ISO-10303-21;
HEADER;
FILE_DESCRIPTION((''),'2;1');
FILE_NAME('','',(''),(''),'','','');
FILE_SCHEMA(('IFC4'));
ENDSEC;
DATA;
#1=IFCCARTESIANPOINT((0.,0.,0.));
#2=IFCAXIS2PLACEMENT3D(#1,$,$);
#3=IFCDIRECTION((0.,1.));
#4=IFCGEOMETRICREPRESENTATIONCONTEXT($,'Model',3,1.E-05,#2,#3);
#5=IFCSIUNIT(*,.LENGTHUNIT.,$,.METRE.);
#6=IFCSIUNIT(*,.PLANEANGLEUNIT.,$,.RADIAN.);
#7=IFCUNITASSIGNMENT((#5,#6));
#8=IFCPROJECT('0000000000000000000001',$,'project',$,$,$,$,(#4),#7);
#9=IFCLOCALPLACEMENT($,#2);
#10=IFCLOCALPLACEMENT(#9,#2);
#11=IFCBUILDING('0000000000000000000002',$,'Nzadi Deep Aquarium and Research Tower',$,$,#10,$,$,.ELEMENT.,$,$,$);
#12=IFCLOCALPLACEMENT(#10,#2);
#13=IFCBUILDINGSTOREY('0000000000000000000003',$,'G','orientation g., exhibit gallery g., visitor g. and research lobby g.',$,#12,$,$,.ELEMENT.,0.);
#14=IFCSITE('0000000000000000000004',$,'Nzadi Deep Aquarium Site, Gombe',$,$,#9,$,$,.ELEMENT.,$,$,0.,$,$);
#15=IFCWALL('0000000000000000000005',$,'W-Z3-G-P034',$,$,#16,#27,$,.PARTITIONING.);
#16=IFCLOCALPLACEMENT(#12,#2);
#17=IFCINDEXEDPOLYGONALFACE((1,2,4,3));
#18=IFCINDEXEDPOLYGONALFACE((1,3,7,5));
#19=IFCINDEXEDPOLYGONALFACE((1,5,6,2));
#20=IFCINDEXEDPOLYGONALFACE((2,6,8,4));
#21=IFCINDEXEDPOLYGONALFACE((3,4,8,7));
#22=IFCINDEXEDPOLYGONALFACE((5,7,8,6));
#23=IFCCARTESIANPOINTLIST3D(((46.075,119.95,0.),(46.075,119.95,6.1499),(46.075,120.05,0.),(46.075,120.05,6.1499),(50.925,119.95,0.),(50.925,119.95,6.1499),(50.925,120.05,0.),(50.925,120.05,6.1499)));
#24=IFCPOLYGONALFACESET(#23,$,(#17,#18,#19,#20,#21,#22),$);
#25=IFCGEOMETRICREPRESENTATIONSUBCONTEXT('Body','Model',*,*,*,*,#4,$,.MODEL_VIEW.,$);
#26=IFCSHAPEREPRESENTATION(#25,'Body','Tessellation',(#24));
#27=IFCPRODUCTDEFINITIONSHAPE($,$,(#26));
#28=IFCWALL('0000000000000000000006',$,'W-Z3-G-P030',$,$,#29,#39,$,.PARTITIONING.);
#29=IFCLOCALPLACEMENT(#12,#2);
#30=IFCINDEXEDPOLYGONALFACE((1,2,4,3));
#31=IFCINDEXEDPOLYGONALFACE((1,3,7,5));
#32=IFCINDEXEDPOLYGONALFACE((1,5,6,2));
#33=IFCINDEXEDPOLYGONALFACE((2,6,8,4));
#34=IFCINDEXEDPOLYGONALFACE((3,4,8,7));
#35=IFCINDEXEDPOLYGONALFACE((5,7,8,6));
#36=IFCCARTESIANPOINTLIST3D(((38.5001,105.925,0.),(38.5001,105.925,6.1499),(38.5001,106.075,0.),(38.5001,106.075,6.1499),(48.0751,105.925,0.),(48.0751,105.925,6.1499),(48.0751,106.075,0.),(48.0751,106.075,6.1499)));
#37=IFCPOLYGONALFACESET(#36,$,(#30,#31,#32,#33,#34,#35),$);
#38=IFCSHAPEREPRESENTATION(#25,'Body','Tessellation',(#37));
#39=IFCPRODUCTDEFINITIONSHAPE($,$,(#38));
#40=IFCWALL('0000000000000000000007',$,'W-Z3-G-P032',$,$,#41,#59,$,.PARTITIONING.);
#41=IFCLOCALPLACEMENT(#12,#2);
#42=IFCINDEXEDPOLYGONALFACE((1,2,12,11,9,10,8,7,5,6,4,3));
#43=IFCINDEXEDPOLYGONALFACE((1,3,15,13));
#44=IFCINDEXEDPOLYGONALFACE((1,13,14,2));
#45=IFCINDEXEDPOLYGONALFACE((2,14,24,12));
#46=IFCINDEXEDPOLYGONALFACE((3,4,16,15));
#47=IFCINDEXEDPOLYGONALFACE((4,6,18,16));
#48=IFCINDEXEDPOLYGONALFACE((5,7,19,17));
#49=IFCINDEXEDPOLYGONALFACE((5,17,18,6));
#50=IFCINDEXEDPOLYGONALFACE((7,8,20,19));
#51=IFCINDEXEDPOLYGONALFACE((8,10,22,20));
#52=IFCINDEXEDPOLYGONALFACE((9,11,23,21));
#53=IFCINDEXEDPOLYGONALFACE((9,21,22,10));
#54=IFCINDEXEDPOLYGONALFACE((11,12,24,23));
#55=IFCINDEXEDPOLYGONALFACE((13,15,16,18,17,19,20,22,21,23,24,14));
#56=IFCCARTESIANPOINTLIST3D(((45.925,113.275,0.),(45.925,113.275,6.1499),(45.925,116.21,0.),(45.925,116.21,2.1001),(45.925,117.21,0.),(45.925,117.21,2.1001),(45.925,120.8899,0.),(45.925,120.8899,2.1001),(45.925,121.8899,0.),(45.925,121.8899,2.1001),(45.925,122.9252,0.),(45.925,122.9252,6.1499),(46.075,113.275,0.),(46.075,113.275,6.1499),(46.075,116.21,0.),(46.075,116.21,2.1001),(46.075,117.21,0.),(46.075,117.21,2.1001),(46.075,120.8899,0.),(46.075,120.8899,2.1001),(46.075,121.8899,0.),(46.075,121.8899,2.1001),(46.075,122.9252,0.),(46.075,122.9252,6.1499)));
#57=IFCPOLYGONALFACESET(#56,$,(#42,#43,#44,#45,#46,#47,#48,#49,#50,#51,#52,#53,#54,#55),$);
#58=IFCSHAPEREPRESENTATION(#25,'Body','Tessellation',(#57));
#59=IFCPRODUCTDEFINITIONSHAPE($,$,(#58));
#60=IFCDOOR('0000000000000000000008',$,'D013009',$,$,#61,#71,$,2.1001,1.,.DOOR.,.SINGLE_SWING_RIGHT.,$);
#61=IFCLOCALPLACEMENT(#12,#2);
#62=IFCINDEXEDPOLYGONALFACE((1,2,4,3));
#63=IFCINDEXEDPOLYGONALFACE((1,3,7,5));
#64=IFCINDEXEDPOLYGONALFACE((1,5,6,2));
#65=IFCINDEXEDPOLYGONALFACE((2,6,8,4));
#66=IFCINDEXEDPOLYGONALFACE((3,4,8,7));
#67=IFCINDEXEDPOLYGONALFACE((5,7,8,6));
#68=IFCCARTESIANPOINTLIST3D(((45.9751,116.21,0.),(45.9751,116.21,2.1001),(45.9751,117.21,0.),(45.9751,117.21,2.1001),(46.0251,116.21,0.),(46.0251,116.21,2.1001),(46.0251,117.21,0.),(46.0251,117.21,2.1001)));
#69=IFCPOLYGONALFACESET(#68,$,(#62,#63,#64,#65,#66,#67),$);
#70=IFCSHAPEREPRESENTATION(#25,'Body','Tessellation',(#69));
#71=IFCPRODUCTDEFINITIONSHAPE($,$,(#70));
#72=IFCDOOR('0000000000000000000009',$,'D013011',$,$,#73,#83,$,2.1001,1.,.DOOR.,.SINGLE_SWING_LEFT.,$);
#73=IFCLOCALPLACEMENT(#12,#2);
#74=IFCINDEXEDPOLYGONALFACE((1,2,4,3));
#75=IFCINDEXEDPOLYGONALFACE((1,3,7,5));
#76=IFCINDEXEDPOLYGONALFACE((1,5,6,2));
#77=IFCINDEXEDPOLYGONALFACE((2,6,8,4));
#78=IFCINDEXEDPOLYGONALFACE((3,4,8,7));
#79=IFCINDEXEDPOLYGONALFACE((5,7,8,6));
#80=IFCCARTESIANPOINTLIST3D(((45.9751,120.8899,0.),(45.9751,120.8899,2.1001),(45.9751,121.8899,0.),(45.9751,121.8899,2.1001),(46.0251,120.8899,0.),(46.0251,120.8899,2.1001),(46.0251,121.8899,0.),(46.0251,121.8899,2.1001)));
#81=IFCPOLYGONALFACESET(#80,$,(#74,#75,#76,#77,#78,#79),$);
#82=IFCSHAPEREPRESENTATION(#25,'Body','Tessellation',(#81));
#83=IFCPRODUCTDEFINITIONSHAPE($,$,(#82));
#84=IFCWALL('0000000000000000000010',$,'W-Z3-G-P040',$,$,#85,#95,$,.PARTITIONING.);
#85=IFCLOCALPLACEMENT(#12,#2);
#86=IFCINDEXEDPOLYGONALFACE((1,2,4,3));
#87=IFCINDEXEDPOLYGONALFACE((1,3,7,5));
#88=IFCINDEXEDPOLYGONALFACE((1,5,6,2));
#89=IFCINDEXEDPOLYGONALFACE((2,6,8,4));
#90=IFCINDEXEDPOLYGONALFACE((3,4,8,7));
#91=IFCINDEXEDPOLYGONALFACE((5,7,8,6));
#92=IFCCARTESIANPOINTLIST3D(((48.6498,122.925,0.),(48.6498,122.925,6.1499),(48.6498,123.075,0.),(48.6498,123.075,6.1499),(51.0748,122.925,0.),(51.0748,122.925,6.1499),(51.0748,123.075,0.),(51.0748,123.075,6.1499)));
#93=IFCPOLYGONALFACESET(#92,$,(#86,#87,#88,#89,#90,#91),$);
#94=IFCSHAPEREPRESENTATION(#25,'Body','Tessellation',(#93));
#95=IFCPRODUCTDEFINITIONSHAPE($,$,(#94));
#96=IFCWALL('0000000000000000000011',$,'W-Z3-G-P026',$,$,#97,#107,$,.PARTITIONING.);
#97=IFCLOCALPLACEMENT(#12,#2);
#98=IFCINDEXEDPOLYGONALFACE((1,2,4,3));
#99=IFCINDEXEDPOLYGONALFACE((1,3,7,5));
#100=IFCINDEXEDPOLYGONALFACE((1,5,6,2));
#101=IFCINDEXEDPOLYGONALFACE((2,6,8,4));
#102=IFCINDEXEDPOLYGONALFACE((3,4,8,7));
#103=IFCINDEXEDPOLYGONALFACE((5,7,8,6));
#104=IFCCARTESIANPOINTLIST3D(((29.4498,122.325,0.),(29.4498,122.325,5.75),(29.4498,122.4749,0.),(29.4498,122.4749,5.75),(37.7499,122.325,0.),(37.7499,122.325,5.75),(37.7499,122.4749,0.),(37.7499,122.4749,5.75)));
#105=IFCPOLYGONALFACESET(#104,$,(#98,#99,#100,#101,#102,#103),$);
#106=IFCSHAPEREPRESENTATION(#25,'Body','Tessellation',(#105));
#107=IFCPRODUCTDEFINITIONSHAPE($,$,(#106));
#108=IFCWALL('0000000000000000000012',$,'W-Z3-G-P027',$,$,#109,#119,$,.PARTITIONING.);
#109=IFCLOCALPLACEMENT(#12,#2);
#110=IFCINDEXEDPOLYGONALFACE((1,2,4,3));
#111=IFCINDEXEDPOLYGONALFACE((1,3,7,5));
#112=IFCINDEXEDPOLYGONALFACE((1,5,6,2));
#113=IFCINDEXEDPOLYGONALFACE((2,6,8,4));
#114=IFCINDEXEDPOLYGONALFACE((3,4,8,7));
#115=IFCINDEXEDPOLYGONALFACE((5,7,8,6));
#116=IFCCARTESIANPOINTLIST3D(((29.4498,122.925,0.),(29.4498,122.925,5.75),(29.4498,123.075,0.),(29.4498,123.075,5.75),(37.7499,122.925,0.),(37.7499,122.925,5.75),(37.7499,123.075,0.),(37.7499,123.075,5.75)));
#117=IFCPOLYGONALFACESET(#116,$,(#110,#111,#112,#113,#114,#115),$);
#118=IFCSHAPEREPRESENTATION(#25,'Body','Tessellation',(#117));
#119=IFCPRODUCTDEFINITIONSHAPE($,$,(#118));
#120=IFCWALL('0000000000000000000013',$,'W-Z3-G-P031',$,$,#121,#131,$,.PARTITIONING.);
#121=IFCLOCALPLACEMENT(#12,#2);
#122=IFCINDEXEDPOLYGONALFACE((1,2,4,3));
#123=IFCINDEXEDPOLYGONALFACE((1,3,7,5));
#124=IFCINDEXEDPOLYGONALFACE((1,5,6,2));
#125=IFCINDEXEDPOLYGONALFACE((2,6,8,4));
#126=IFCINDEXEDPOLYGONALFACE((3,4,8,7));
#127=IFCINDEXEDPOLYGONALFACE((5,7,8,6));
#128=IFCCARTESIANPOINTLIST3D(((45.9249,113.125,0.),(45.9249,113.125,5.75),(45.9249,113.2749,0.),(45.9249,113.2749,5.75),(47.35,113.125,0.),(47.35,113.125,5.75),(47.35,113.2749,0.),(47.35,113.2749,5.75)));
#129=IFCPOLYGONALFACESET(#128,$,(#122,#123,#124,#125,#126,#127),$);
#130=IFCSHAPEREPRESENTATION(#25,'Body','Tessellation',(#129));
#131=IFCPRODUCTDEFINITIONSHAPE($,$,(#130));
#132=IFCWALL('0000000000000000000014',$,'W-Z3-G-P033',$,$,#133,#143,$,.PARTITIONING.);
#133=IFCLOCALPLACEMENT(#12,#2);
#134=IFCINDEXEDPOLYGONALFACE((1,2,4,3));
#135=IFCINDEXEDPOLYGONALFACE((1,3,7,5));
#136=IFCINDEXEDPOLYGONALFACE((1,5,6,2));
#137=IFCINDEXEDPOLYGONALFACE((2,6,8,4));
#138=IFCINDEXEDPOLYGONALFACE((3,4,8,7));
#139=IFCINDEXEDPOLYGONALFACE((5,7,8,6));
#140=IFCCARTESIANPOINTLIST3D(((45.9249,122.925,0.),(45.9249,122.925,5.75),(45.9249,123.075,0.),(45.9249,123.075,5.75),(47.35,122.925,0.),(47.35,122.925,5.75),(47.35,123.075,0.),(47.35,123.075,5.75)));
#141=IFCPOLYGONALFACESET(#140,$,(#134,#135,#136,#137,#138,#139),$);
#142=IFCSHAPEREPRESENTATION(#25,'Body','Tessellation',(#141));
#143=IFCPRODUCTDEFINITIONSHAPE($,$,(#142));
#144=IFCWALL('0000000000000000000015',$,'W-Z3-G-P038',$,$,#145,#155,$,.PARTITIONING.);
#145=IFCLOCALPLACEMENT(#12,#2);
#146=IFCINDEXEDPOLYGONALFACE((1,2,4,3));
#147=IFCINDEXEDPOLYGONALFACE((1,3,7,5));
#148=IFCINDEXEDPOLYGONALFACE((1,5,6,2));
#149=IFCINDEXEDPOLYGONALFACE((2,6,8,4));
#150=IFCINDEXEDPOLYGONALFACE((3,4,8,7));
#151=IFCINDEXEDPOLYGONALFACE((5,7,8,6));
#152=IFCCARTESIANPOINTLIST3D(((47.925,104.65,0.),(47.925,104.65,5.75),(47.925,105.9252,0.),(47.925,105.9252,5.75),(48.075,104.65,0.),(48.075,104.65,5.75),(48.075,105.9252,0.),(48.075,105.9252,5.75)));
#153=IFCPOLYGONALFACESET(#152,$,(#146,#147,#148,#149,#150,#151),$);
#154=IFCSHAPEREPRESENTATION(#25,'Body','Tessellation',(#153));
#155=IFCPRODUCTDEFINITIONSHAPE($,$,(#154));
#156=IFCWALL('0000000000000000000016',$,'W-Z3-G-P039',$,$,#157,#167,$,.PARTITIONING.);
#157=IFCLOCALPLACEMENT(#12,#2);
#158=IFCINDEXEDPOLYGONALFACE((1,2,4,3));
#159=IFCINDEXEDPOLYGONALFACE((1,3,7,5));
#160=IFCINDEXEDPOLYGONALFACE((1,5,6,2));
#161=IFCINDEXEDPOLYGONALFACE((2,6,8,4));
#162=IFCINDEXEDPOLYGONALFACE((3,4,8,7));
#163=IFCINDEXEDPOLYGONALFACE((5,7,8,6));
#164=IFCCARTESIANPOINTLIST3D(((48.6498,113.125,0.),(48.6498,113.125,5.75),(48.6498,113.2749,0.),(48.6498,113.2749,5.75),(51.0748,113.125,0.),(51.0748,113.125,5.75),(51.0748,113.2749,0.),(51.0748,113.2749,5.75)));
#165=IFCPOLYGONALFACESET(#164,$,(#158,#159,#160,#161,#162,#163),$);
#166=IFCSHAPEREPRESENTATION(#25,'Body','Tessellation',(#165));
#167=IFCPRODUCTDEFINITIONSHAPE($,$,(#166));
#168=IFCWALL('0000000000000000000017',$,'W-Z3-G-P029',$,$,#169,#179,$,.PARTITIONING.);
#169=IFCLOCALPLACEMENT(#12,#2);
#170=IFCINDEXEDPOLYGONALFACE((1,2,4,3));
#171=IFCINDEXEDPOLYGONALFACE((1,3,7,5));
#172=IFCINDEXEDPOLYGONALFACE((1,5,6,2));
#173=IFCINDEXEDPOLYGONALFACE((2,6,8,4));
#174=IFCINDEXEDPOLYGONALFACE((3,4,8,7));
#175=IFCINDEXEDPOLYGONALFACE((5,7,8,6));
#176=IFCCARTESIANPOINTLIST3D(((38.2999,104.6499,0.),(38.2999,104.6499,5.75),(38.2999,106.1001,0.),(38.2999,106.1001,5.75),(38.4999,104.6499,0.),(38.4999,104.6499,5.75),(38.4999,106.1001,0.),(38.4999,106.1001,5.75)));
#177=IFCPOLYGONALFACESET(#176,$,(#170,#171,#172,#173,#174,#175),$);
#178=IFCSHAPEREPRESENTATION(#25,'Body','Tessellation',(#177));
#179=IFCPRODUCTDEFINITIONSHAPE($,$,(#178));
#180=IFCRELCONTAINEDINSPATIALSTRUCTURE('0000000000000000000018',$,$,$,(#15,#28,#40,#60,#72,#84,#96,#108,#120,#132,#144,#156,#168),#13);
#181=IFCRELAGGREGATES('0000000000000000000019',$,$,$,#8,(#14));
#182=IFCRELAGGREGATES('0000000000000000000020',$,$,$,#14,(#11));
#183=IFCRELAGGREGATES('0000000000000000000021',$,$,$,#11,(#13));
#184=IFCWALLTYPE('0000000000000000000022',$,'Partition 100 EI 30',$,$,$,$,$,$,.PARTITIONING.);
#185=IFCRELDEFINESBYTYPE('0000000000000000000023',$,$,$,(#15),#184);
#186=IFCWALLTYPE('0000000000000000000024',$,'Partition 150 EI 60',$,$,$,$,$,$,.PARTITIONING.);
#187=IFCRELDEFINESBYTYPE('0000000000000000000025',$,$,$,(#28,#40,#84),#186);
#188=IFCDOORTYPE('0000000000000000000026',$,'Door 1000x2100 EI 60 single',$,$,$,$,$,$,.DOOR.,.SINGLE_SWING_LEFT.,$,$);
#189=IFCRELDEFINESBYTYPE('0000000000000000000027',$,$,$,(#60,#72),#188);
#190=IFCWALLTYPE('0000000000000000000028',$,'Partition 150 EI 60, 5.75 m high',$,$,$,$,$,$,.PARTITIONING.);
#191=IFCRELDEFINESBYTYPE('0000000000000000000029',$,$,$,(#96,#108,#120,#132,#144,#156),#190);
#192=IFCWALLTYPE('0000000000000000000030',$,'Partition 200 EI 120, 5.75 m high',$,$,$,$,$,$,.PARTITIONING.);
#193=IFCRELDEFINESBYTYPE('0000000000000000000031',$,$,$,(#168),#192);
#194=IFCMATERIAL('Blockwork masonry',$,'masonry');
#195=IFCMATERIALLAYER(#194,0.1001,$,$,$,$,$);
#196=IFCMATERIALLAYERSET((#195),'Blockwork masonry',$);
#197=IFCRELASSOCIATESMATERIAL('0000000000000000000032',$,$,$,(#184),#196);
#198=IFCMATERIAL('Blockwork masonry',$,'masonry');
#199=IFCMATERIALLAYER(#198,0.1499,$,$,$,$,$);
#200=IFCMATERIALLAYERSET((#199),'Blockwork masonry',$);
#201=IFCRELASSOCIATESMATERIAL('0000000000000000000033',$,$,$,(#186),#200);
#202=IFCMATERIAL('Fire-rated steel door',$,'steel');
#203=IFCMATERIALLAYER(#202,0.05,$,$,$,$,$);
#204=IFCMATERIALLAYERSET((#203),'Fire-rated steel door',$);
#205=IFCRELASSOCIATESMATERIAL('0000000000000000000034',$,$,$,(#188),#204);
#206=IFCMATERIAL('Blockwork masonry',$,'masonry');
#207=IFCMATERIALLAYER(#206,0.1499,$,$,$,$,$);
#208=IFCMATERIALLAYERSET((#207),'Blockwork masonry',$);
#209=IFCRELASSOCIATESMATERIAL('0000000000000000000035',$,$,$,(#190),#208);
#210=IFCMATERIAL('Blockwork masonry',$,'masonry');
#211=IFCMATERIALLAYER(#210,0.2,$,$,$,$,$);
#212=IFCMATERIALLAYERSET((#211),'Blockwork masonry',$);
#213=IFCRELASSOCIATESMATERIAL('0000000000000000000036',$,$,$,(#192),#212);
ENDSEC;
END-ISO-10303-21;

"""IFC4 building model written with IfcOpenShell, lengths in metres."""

from ifc_helpers import new_model, si_unit, direction, frame, frame_2d, origin, place, context, subcontext, project, spatial, rectangle, extrude, material, layer, layer_set, type_object, element, fill, save


model = new_model("IFC4")

# Units and contexts
model_context = context("Model", 3, precision=1e-05, world=origin(), true_north=direction((0.0, 1.0)))
body_context = subcontext(model_context, "Body", "Model", "MODEL_VIEW")
ifc_project = project(units=[si_unit("LENGTHUNIT", "METRE"), si_unit("PLANEANGLEUNIT", "RADIAN")], contexts=[model_context])

# Site, building, storey
site_placement = place(None, origin())
site = spatial("IfcSite", under=ifc_project, at=site_placement, Name="Nzadi Deep Aquarium Site, Gombe", CompositionType="ELEMENT", RefElevation=0.0)
building_placement = place(site_placement, origin())
building = spatial("IfcBuilding", under=site, at=building_placement, Name="Nzadi Deep Aquarium and Research Tower", CompositionType="ELEMENT")
storey_placement = place(building_placement, origin())
storey = spatial("IfcBuildingStorey", under=building, at=storey_placement, Name="G", Description="orientation g., exhibit gallery g., visitor g. and research lobby g.", CompositionType="ELEMENT", Elevation=0.0)

# Walls
ifc_material_1 = material(Name="Blockwork masonry", Category="masonry")
ifc_layer_1 = layer(ifc_material_1, 0.1001)
ifc_layer_set_1 = layer_set([ifc_layer_1], Name="Blockwork masonry")
wall_type_1 = type_object("IfcWallType", Name="Partition 100 EI 30", PredefinedType="PARTITIONING", material=ifc_layer_set_1)
wall_1_placement = place(storey_placement, frame((46.075, 120.0, 0.0), z_axis=(0.0, 0.0, 1.0), x_axis=(1.0, 0.0, 0.0)))
element("IfcWall", 1, at=wall_1_placement, inside=storey, type_object=wall_type_1, Name="W-Z3-G-P034", PredefinedType="PARTITIONING", context=body_context, shape_type="SweptSolid", body=[
    extrude(rectangle(XDim=4.8501, YDim=0.1001, at=frame_2d((2.425, 0.0))), origin(), (0.0, 0.0, 1.0), 6.1499),
])
ifc_material_2 = material(Name="Blockwork masonry", Category="masonry")
ifc_layer_2 = layer(ifc_material_2, 0.1499)
ifc_layer_set_2 = layer_set([ifc_layer_2], Name="Blockwork masonry")
wall_type_2 = type_object("IfcWallType", Name="Partition 150 EI 60", PredefinedType="PARTITIONING", material=ifc_layer_set_2)
wall_2_placement = place(storey_placement, frame((38.5, 106.0, 0.0), z_axis=(0.0, 0.0, 1.0), x_axis=(1.0, 0.0, 0.0)))
element("IfcWall", 2, at=wall_2_placement, inside=storey, type_object=wall_type_2, Name="W-Z3-G-P030", PredefinedType="PARTITIONING", context=body_context, shape_type="SweptSolid", body=[
    extrude(rectangle(XDim=9.575, YDim=0.1499, at=frame_2d((4.7876, 0.0))), origin(), (0.0, 0.0, 1.0), 6.1499),
])

# Wall, openings, doors
wall_3_placement = place(storey_placement, frame((46.0, 113.2749, 0.0), z_axis=(0.0, 0.0, 1.0), x_axis=(0.0, 1.0, 0.0)))
wall_3 = element("IfcWall", 3, at=wall_3_placement, inside=storey, type_object=wall_type_2, Name="W-Z3-G-P032", PredefinedType="PARTITIONING", context=body_context, shape_type="SweptSolid", body=[
    extrude(rectangle(XDim=9.6501, YDim=0.1499, at=frame_2d((4.8252, 0.0))), origin(), (0.0, 0.0, 1.0), 6.1499),
])
opening_1_placement = place(wall_3_placement, frame((2.9351, 0.0, 0.0)))
opening_1 = element("IfcOpeningElement", 4, at=opening_1_placement, cuts=wall_3, PredefinedType="OPENING", context=body_context, shape_type="SweptSolid", body=[
    extrude(rectangle(XDim=1.0, YDim=2.1001, at=frame_2d((0.5, 1.05))), frame((0.0, 0.085, 0.0), z_axis=(0.0, -1.0, 0.0), x_axis=(1.0, 0.0, 0.0)), (0.0, 0.0, 1.0), 0.1699),
])
opening_2_placement = place(wall_3_placement, frame((7.615, 0.0, 0.0)))
opening_2 = element("IfcOpeningElement", 5, at=opening_2_placement, cuts=wall_3, PredefinedType="OPENING", context=body_context, shape_type="SweptSolid", body=[
    extrude(rectangle(XDim=1.0, YDim=2.1001, at=frame_2d((0.5, 1.05))), frame((0.0, 0.085, 0.0), z_axis=(0.0, -1.0, 0.0), x_axis=(1.0, 0.0, 0.0)), (0.0, 0.0, 1.0), 0.1699),
])
ifc_material_3 = material(Name="Fire-rated steel door", Category="steel")
ifc_layer_3 = layer(ifc_material_3, 0.05)
ifc_layer_set_3 = layer_set([ifc_layer_3], Name="Fire-rated steel door")
door_type = type_object("IfcDoorType", Name="Door 1000x2100 EI 60 single", OperationType="SINGLE_SWING_LEFT", PredefinedType="DOOR", material=ifc_layer_set_3)
door_1_placement = place(opening_1_placement, origin())
door_1 = element("IfcDoor", 6, at=door_1_placement, inside=storey, type_object=door_type, Name="D013009", OperationType="SINGLE_SWING_RIGHT", OverallHeight=2.1001, OverallWidth=1.0, PredefinedType="DOOR", context=body_context, shape_type="SweptSolid", body=[
    extrude(rectangle(XDim=1.0, YDim=2.1001, at=frame_2d((0.5, 1.05))), frame((0.0, 0.0249, 0.0), z_axis=(0.0, -1.0, 0.0), x_axis=(1.0, 0.0, 0.0)), (0.0, 0.0, 1.0), 0.05),
])
fill(opening_1, door_1)
door_2_placement = place(opening_2_placement, origin())
door_2 = element("IfcDoor", 7, at=door_2_placement, inside=storey, type_object=door_type, Name="D013011", OperationType="SINGLE_SWING_LEFT", OverallHeight=2.1001, OverallWidth=1.0, PredefinedType="DOOR", context=body_context, shape_type="SweptSolid", body=[
    extrude(rectangle(XDim=1.0, YDim=2.1001, at=frame_2d((0.5, 1.05))), frame((0.0, 0.0249, 0.0), z_axis=(0.0, -1.0, 0.0), x_axis=(1.0, 0.0, 0.0)), (0.0, 0.0, 1.0), 0.05),
])
fill(opening_2, door_2)

# Walls
wall_4_placement = place(storey_placement, frame((48.6499, 123.0, 0.0), z_axis=(0.0, 0.0, 1.0), x_axis=(1.0, 0.0, 0.0)))
element("IfcWall", 8, at=wall_4_placement, inside=storey, type_object=wall_type_2, Name="W-Z3-G-P040", PredefinedType="PARTITIONING", context=body_context, shape_type="SweptSolid", body=[
    extrude(rectangle(XDim=2.425, YDim=0.1499, at=frame_2d((1.2124, 0.0))), origin(), (0.0, 0.0, 1.0), 6.1499),
])
ifc_material_4 = material(Name="Blockwork masonry", Category="masonry")
ifc_layer_4 = layer(ifc_material_4, 0.1499)
ifc_layer_set_4 = layer_set([ifc_layer_4], Name="Blockwork masonry")
wall_type_3 = type_object("IfcWallType", Name="Partition 150 EI 60, 5.75 m high", PredefinedType="PARTITIONING", material=ifc_layer_set_4)
for number, where, z_axis, x_axis, name in (
    (9, (29.45, 122.3999, 0.0), (0.0, 0.0, 1.0), (1.0, 0.0, 0.0), "W-Z3-G-P026"),
    (10, (29.45, 123.0, 0.0), (0.0, 0.0, 1.0), (1.0, 0.0, 0.0), "W-Z3-G-P027"),
):
    element("IfcWall", number, at=place(storey_placement, frame(where, z_axis=z_axis, x_axis=x_axis)), inside=storey, type_object=wall_type_3, Name=name, PredefinedType="PARTITIONING", context=body_context, shape_type="SweptSolid", body=[
        extrude(rectangle(XDim=8.3, YDim=0.1499, at=frame_2d((4.1499, 0.0))), origin(), (0.0, 0.0, 1.0), 5.75),
    ])
for number, where, z_axis, x_axis, name in (
    (11, (45.925, 113.2, 0.0), (0.0, 0.0, 1.0), (1.0, 0.0, 0.0), "W-Z3-G-P031"),
    (12, (45.925, 123.0, 0.0), (0.0, 0.0, 1.0), (1.0, 0.0, 0.0), "W-Z3-G-P033"),
):
    element("IfcWall", number, at=place(storey_placement, frame(where, z_axis=z_axis, x_axis=x_axis)), inside=storey, type_object=wall_type_3, Name=name, PredefinedType="PARTITIONING", context=body_context, shape_type="SweptSolid", body=[
        extrude(rectangle(XDim=1.425, YDim=0.1499, at=frame_2d((0.7124, 0.0))), origin(), (0.0, 0.0, 1.0), 5.75),
    ])
wall_5_placement = place(storey_placement, frame((48.0, 104.6499, 0.0), z_axis=(0.0, 0.0, 1.0), x_axis=(0.0, 1.0, 0.0)))
element("IfcWall", 13, at=wall_5_placement, inside=storey, type_object=wall_type_3, Name="W-Z3-G-P038", PredefinedType="PARTITIONING", context=body_context, shape_type="SweptSolid", body=[
    extrude(rectangle(XDim=1.2751, YDim=0.1499, at=frame_2d((0.6377, 0.0))), origin(), (0.0, 0.0, 1.0), 5.75),
])
wall_6_placement = place(storey_placement, frame((48.6499, 113.2, 0.0), z_axis=(0.0, 0.0, 1.0), x_axis=(1.0, 0.0, 0.0)))
element("IfcWall", 14, at=wall_6_placement, inside=storey, type_object=wall_type_3, Name="W-Z3-G-P039", PredefinedType="PARTITIONING", context=body_context, shape_type="SweptSolid", body=[
    extrude(rectangle(XDim=2.425, YDim=0.1499, at=frame_2d((1.2124, 0.0))), origin(), (0.0, 0.0, 1.0), 5.75),
])
ifc_material_5 = material(Name="Blockwork masonry", Category="masonry")
ifc_layer_5 = layer(ifc_material_5, 0.2)
ifc_layer_set_5 = layer_set([ifc_layer_5], Name="Blockwork masonry")
wall_type_4 = type_object("IfcWallType", Name="Partition 200 EI 120, 5.75 m high", PredefinedType="PARTITIONING", material=ifc_layer_set_5)
wall_7_placement = place(storey_placement, frame((38.3999, 104.6499, 0.0), z_axis=(0.0, 0.0, 1.0), x_axis=(0.0, 1.0, 0.0)))
element("IfcWall", 15, at=wall_7_placement, inside=storey, type_object=wall_type_4, Name="W-Z3-G-P029", PredefinedType="PARTITIONING", context=body_context, shape_type="SweptSolid", body=[
    extrude(rectangle(XDim=1.4502, YDim=0.2, at=frame_2d((0.7251, 0.0))), origin(), (0.0, 0.0, 1.0), 5.75),
])

save(model, "model.ifc")
